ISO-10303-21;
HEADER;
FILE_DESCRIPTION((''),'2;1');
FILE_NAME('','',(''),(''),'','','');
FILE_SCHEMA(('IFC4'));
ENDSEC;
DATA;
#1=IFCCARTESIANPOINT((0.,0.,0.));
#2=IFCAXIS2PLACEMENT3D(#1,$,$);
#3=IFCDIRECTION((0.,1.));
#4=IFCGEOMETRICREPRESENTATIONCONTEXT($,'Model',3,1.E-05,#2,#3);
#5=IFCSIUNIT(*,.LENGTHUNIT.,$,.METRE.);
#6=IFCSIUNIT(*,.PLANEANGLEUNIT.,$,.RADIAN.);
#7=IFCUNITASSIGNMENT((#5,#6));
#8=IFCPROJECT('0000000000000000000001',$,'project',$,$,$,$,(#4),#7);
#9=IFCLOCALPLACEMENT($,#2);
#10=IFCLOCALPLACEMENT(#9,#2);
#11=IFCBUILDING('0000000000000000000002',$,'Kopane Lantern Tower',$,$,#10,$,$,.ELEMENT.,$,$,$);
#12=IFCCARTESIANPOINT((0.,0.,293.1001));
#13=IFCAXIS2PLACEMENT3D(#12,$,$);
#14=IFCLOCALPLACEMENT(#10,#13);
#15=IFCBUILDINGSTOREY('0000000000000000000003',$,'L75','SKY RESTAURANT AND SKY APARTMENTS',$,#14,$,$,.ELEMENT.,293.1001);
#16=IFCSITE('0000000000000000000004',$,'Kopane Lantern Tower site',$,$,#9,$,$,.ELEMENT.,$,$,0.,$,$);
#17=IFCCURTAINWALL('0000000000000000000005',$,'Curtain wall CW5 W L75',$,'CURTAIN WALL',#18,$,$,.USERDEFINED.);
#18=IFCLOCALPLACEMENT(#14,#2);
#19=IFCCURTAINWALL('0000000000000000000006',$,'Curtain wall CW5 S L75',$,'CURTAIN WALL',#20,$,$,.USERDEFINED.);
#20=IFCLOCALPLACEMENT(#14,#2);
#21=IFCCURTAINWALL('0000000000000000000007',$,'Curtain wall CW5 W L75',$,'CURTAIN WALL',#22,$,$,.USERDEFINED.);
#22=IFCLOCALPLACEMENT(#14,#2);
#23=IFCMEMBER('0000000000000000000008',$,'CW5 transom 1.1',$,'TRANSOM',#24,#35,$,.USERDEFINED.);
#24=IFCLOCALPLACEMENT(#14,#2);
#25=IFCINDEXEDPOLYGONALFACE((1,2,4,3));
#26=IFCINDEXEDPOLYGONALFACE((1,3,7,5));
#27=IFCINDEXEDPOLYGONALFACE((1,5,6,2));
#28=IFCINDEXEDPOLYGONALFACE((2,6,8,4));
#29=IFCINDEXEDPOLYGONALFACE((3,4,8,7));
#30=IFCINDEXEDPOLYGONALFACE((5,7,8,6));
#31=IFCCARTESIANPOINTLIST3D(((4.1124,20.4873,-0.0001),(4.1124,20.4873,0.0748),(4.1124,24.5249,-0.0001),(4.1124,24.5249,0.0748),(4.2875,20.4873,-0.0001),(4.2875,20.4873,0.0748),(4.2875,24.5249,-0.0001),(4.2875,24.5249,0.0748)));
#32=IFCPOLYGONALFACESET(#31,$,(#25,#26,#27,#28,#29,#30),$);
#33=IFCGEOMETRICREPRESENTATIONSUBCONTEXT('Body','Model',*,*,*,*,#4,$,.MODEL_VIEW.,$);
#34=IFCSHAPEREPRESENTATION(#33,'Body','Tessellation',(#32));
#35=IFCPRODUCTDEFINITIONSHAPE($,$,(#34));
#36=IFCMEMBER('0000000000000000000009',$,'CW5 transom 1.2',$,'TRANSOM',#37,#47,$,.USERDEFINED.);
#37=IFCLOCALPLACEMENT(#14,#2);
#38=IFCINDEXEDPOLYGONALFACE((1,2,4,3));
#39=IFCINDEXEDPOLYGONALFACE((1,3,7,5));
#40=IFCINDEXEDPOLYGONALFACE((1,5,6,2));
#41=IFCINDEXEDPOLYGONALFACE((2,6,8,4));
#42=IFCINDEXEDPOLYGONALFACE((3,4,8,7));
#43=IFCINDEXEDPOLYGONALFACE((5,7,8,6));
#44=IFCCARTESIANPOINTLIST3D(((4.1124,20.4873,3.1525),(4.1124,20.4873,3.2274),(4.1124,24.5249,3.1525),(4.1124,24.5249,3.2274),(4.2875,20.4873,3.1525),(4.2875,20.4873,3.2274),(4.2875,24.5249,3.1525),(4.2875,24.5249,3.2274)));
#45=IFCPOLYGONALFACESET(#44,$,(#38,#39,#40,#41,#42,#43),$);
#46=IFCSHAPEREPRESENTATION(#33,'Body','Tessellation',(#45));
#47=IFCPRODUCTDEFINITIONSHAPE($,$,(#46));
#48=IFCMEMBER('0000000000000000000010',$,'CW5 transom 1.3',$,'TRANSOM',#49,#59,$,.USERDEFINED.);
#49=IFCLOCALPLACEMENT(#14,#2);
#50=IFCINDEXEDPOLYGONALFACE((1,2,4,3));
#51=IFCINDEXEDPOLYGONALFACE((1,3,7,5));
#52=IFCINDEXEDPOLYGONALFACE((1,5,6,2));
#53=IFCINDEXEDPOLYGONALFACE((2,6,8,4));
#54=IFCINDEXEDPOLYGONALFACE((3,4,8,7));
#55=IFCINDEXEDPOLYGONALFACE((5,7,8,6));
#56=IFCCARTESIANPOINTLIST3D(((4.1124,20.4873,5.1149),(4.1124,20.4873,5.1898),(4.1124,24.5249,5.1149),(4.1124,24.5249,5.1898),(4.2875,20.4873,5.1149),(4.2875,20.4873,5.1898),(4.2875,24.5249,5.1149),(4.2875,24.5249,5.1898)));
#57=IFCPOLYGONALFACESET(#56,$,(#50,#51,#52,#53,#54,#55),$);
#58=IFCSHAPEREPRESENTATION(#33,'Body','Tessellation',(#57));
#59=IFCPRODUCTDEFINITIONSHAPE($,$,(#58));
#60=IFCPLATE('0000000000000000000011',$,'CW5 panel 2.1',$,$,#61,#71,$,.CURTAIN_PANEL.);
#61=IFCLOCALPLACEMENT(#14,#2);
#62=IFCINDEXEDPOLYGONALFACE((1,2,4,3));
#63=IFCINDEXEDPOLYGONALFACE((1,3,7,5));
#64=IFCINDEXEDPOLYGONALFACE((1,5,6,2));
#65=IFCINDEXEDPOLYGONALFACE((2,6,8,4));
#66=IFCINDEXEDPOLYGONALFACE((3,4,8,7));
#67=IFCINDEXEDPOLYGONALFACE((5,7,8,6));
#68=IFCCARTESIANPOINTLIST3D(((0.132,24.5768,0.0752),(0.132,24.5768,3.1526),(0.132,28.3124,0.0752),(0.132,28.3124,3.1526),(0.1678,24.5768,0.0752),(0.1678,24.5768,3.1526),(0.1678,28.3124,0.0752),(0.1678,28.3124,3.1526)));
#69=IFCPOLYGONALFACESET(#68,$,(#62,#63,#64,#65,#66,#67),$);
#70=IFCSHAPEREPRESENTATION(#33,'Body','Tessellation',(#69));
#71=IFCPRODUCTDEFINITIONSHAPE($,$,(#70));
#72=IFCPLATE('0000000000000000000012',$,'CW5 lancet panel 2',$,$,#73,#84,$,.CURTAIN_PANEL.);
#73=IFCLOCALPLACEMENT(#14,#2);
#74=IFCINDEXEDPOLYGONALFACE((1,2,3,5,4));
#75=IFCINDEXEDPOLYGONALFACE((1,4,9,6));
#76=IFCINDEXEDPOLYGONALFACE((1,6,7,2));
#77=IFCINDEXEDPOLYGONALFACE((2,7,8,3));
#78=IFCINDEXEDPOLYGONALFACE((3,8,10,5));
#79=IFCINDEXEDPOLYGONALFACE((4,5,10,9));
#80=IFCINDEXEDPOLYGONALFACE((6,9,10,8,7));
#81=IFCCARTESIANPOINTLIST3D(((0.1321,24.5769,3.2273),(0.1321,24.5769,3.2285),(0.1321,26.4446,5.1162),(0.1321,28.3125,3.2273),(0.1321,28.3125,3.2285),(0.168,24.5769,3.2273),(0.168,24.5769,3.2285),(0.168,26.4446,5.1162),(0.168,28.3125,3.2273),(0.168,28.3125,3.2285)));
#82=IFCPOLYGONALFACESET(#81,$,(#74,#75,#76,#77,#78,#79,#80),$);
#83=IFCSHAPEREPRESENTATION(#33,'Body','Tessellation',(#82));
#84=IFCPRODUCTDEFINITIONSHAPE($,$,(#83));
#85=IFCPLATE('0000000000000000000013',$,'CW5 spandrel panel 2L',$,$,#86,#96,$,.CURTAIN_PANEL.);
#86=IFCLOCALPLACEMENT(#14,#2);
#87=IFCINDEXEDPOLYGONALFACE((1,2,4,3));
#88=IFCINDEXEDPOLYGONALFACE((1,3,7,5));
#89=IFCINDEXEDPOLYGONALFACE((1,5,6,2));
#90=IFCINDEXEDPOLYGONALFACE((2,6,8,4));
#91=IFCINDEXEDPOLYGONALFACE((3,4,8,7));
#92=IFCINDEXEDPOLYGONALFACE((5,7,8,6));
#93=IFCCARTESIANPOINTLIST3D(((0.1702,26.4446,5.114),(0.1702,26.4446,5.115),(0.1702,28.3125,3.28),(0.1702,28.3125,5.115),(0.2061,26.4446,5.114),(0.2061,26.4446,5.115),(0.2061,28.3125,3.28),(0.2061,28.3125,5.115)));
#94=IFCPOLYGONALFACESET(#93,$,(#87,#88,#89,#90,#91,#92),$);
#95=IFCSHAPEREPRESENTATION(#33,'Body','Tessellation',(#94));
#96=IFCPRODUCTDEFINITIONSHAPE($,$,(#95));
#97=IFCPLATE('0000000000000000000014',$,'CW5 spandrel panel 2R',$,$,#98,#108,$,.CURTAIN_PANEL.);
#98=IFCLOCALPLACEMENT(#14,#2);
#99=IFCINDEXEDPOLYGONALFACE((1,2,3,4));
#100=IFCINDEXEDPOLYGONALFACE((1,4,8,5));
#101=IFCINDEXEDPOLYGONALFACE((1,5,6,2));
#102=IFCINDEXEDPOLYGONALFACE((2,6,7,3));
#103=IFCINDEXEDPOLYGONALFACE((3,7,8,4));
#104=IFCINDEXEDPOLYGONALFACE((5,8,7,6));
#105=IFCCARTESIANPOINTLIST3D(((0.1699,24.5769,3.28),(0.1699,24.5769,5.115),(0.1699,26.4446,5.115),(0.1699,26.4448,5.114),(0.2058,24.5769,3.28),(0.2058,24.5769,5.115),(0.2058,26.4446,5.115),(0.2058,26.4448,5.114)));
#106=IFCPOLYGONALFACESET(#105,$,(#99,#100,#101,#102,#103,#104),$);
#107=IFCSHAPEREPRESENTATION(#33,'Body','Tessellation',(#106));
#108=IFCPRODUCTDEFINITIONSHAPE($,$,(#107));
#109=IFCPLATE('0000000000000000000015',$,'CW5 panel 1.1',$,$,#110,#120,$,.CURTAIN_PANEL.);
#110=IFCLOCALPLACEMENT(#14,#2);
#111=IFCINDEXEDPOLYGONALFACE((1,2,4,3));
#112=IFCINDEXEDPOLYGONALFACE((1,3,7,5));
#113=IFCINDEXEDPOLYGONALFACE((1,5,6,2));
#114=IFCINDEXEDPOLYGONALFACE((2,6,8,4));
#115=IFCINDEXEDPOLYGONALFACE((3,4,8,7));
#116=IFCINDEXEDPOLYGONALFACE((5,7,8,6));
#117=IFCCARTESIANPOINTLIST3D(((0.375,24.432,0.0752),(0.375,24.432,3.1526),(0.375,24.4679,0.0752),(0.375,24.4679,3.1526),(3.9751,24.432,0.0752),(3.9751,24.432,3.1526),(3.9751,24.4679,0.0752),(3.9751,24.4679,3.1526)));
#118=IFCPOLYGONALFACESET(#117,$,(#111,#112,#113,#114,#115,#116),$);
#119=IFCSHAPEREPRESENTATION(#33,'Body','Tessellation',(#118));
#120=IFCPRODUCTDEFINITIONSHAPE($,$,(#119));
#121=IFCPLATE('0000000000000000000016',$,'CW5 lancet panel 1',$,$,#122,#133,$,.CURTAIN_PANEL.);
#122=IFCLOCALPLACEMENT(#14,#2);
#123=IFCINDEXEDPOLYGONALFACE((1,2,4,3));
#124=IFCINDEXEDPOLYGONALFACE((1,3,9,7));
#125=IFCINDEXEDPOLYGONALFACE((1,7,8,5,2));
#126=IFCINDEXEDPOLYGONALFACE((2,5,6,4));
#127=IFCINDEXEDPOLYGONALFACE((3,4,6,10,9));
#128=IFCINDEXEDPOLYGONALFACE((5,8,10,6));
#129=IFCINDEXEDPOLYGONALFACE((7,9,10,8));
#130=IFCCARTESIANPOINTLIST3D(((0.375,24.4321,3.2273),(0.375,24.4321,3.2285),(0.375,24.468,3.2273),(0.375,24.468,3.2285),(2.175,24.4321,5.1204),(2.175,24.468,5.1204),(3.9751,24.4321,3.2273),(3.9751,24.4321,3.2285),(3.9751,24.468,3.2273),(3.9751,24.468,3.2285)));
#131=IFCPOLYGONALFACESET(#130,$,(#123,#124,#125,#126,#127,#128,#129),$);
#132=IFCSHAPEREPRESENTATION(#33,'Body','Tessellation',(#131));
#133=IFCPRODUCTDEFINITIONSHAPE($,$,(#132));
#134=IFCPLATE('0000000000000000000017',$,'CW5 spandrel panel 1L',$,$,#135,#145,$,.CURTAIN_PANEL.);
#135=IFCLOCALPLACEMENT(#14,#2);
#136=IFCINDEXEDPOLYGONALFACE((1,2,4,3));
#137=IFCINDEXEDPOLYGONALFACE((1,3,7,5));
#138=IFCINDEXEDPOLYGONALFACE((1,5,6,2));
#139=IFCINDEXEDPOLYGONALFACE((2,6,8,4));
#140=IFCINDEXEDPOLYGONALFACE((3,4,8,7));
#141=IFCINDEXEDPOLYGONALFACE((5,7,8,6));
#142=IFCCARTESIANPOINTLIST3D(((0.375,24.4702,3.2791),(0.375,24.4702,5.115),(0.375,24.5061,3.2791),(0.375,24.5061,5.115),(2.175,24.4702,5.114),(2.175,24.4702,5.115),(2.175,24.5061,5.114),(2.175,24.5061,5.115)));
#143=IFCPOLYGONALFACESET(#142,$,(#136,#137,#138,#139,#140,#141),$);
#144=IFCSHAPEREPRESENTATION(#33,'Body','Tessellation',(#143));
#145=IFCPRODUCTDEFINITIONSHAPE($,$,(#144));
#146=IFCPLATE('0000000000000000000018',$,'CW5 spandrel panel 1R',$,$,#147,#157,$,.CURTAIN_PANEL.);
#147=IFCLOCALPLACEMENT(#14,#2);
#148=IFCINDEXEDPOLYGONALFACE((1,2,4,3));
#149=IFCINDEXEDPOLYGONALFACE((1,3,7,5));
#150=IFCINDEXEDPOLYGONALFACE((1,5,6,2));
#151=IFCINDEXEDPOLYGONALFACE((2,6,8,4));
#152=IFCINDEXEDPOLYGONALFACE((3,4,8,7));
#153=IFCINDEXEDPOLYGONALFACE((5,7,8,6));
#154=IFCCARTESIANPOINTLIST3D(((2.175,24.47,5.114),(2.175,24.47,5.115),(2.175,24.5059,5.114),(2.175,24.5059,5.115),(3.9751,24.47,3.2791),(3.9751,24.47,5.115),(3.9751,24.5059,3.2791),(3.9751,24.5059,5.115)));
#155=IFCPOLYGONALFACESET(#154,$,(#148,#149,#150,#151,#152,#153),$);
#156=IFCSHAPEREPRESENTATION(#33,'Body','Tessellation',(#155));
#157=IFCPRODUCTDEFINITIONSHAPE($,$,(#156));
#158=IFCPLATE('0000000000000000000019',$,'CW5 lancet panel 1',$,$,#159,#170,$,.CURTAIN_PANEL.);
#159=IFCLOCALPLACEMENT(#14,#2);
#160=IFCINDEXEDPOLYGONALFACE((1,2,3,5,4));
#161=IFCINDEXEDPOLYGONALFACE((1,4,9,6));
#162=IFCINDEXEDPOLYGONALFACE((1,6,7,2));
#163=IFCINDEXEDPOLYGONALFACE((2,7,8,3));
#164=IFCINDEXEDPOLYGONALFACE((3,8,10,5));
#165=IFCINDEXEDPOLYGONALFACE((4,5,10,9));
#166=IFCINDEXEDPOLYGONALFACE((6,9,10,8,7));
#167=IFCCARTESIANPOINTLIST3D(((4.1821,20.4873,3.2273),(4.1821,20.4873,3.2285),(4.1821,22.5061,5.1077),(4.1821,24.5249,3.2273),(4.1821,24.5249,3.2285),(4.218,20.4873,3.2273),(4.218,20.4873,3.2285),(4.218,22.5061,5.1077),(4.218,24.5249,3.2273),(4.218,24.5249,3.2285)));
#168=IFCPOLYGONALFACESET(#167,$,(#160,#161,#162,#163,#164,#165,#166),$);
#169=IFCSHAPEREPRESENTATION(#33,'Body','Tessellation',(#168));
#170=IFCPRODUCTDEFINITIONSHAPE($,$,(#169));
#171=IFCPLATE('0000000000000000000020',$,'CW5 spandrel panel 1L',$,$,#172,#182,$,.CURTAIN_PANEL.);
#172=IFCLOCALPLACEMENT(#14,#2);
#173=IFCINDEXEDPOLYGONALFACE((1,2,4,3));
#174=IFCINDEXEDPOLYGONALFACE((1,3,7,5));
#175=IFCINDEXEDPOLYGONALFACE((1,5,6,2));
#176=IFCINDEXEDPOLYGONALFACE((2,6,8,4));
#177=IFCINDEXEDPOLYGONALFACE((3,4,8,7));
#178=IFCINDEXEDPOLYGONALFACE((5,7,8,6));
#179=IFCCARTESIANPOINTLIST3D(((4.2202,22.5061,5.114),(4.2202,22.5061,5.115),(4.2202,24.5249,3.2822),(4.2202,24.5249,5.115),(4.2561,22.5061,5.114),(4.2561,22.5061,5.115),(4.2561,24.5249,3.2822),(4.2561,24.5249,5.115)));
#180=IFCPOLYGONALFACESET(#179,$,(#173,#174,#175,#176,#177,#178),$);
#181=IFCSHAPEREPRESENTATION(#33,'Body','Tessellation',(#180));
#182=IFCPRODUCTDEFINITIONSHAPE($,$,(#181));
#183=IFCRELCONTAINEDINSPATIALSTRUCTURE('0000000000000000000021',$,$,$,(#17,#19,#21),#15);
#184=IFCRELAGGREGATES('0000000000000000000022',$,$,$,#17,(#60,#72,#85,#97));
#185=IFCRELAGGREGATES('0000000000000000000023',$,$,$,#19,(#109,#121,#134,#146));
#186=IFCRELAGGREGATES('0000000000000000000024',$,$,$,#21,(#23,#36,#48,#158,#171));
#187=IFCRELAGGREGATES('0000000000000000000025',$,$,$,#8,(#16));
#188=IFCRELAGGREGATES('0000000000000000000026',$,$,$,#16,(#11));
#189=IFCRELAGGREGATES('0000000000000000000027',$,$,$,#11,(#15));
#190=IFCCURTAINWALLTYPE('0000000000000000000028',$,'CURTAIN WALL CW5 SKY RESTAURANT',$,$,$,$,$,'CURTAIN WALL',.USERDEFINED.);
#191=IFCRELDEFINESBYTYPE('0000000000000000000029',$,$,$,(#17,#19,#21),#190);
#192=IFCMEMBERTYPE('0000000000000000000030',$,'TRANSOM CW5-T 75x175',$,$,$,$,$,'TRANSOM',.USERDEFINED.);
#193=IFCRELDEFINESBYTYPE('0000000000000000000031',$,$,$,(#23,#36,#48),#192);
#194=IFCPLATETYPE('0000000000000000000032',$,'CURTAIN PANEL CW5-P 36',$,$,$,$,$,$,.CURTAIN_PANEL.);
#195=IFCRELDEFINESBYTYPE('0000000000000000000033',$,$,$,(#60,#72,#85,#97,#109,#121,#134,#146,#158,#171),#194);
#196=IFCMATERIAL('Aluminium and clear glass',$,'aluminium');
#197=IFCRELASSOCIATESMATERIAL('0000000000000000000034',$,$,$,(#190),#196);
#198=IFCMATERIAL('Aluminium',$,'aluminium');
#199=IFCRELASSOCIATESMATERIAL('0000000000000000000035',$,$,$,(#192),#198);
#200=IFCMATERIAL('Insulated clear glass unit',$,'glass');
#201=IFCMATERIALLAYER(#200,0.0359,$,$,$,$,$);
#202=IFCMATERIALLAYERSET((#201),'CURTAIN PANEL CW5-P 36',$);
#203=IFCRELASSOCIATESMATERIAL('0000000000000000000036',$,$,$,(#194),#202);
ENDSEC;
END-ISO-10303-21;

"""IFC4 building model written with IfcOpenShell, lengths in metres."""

from ifc_helpers import new_model, si_unit, direction, frame, origin, origin_2d, place, context, subcontext, project, spatial, polyline, rectangle, outline, extrude, material, layer, layer_set, material_profile, profile_set, type_object, element, aggregate, save


model = new_model("IFC4")

# Units and contexts
model_context = context("Model", 3, precision=1e-05, world=origin(), true_north=direction((0.0, 1.0)))
body_context = subcontext(model_context, "Body", "Model", "MODEL_VIEW")
ifc_project = project(units=[si_unit("LENGTHUNIT", "METRE"), si_unit("PLANEANGLEUNIT", "RADIAN")], contexts=[model_context])

# Site, building, storey
site_placement = place(None, origin())
site = spatial("IfcSite", under=ifc_project, at=site_placement, Name="Kopane Lantern Tower site", CompositionType="ELEMENT", RefElevation=0.0)
building_placement = place(site_placement, origin())
building = spatial("IfcBuilding", under=site, at=building_placement, Name="Kopane Lantern Tower", CompositionType="ELEMENT")
storey_placement = place(building_placement, frame((0.0, 0.0, 293.1001)))
storey = spatial("IfcBuildingStorey", under=building, at=storey_placement, Name="L75", Description="SKY RESTAURANT AND SKY APARTMENTS", CompositionType="ELEMENT", Elevation=293.1001)

# Curtain walls
ifc_material_1 = material(Name="Aluminium and clear glass", Category="aluminium")
curtain_wall_type = type_object("IfcCurtainWallType", Name="CURTAIN WALL CW5 SKY RESTAURANT", ElementType="CURTAIN WALL", PredefinedType="USERDEFINED", material=ifc_material_1)
curtain_wall_1_placement = place(storey_placement, origin())
curtain_wall_1 = element("IfcCurtainWall", 1, at=curtain_wall_1_placement, inside=storey, type_object=curtain_wall_type, Name="Curtain wall CW5 W L75", ObjectType="CURTAIN WALL", PredefinedType="USERDEFINED")
curtain_wall_2_placement = place(storey_placement, origin())
curtain_wall_2 = element("IfcCurtainWall", 2, at=curtain_wall_2_placement, inside=storey, type_object=curtain_wall_type, Name="Curtain wall CW5 S L75", ObjectType="CURTAIN WALL", PredefinedType="USERDEFINED")
curtain_wall_3_placement = place(storey_placement, origin())
curtain_wall_3 = element("IfcCurtainWall", 3, at=curtain_wall_3_placement, inside=storey, type_object=curtain_wall_type, Name="Curtain wall CW5 W L75", ObjectType="CURTAIN WALL", PredefinedType="USERDEFINED")

# Members
ifc_material_2 = material(Name="Aluminium", Category="aluminium")
ifc_material_profile_1 = material_profile(ifc_material_2, rectangle(XDim=0.175, YDim=0.075, at=origin_2d()), Name="AL 175x75")
ifc_profile_set_1 = profile_set([ifc_material_profile_1], Name="Aluminium")
member_type_1 = type_object("IfcMemberType", Name="TRANSOM CW5-T 75x175", ElementType="TRANSOM", PredefinedType="USERDEFINED", material=ifc_profile_set_1)
member_1_placement = place(storey_placement, frame((4.2, 24.5249, 0.0374), z_axis=(0.0, -1.0, 0.0), x_axis=(1.0, 0.0, 0.0)))
member_1 = element("IfcMember", 4, at=member_1_placement, type_object=member_type_1, Name="CW5 transom 1.1", ObjectType="TRANSOM", PredefinedType="USERDEFINED", context=body_context, shape_type="SweptSolid", body=[
    extrude(rectangle(XDim=0.175, YDim=0.075, at=origin_2d()), origin(), (0.0, 0.0, 1.0), 4.0376),
])
member_2_placement = place(storey_placement, frame((4.2, 24.5249, 3.1899), z_axis=(0.0, -1.0, 0.0), x_axis=(1.0, 0.0, 0.0)))
member_2 = element("IfcMember", 5, at=member_2_placement, type_object=member_type_1, Name="CW5 transom 1.2", ObjectType="TRANSOM", PredefinedType="USERDEFINED", context=body_context, shape_type="SweptSolid", body=[
    extrude(rectangle(XDim=0.175, YDim=0.075, at=origin_2d()), origin(), (0.0, 0.0, 1.0), 4.0376),
])
member_3_placement = place(storey_placement, frame((4.2, 24.5249, 5.1523), z_axis=(0.0, -1.0, 0.0), x_axis=(1.0, 0.0, 0.0)))
member_3 = element("IfcMember", 6, at=member_3_placement, type_object=member_type_1, Name="CW5 transom 1.3", ObjectType="TRANSOM", PredefinedType="USERDEFINED", context=body_context, shape_type="SweptSolid", body=[
    extrude(rectangle(XDim=0.175, YDim=0.075, at=origin_2d()), origin(), (0.0, 0.0, 1.0), 4.0376),
])

# Plates
ifc_material_3 = material(Name="Insulated clear glass unit", Category="glass")
ifc_layer = layer(ifc_material_3, 0.0359)
ifc_layer_set = layer_set([ifc_layer], Name="CURTAIN PANEL CW5-P 36")
plate_type = type_object("IfcPlateType", Name="CURTAIN PANEL CW5-P 36", PredefinedType="CURTAIN_PANEL", material=ifc_layer_set)
plate_1_placement = place(storey_placement, frame((0.1499, 26.4446, 0.0752), z_axis=(0.0, 0.0, 1.0), x_axis=(0.0, -1.0, 0.0)))
plate_1 = element("IfcPlate", 7, at=plate_1_placement, type_object=plate_type, Name="CW5 panel 2.1", PredefinedType="CURTAIN_PANEL", context=body_context, shape_type="SweptSolid", body=[
    extrude(rectangle(XDim=3.7356, YDim=0.0359, at=origin_2d()), origin(), (0.0, 0.0, 1.0), 3.0774),
])
plate_2_placement = place(storey_placement, frame((0.1499, 28.3125, 3.2273), z_axis=(0.0, 0.0, 1.0), x_axis=(0.0, -1.0, 0.0)))
plate_2 = element("IfcPlate", 8, at=plate_2_placement, type_object=plate_type, Name="CW5 lancet panel 2", PredefinedType="CURTAIN_PANEL", context=body_context, shape_type="SweptSolid", body=[
    extrude(outline(polyline([(0.0, 0.0), (3.7356, 0.0), (3.7356, 0.0012), (1.8679, 1.8889), (0.0, 0.0012), (0.0, 0.0)])), frame((0.0, 0.0181, 0.0), z_axis=(0.0, -1.0, 0.0), x_axis=(1.0, 0.0, 0.0)), (0.0, 0.0, 1.0), 0.0359),
])
plate_3_placement = place(storey_placement, frame((0.188, 28.3125, 5.115), z_axis=(0.0, 0.0, 1.0), x_axis=(0.0, -1.0, 0.0)))
plate_3 = element("IfcPlate", 9, at=plate_3_placement, type_object=plate_type, Name="CW5 spandrel panel 2L", PredefinedType="CURTAIN_PANEL", context=body_context, shape_type="SweptSolid", body=[
    extrude(outline(polyline([(0.0, 0.0), (1.8679, 0.0), (1.8679, -0.001), (0.0, -1.835), (0.0, 0.0)])), frame((0.0, 0.0181, 0.0), z_axis=(0.0, -1.0, 0.0), x_axis=(1.0, 0.0, 0.0)), (0.0, 0.0, 1.0), 0.0359),
])
plate_4_placement = place(storey_placement, frame((0.188, 24.5769, 5.115), z_axis=(0.0, 0.0, 1.0), x_axis=(0.0, 1.0, 0.0)))
plate_4 = element("IfcPlate", 10, at=plate_4_placement, type_object=plate_type, Name="CW5 spandrel panel 2R", PredefinedType="CURTAIN_PANEL", context=body_context, shape_type="SweptSolid", body=[
    extrude(outline(polyline([(0.0, 0.0), (1.8677, 0.0), (1.8679, -0.001), (0.0, -1.835), (0.0, 0.0)])), frame((0.0, 0.0181, 0.0), z_axis=(0.0, -1.0, 0.0), x_axis=(1.0, 0.0, 0.0)), (0.0, 0.0, 1.0), 0.0359),
])
aggregate(curtain_wall_1, [plate_1, plate_2, plate_3, plate_4])
plate_5_placement = place(storey_placement, frame((2.175, 24.45, 0.0752), z_axis=(0.0, 0.0, 1.0), x_axis=(1.0, 0.0, 0.0)))
plate_5 = element("IfcPlate", 11, at=plate_5_placement, type_object=plate_type, Name="CW5 panel 1.1", PredefinedType="CURTAIN_PANEL", context=body_context, shape_type="SweptSolid", body=[
    extrude(rectangle(XDim=3.6001, YDim=0.0359, at=origin_2d()), origin(), (0.0, 0.0, 1.0), 3.0774),
])
plate_6_placement = place(storey_placement, frame((0.375, 24.45, 3.2273), z_axis=(0.0, 0.0, 1.0), x_axis=(1.0, 0.0, 0.0)))
plate_6 = element("IfcPlate", 12, at=plate_6_placement, type_object=plate_type, Name="CW5 lancet panel 1", PredefinedType="CURTAIN_PANEL", context=body_context, shape_type="SweptSolid", body=[
    extrude(outline(polyline([(0.0, 0.0), (3.6001, 0.0), (3.6001, 0.0012), (1.8, 1.8931), (0.0, 0.0012), (0.0, 0.0)])), frame((0.0, 0.0181, 0.0), z_axis=(0.0, -1.0, 0.0), x_axis=(1.0, 0.0, 0.0)), (0.0, 0.0, 1.0), 0.0359),
])
plate_7_placement = place(storey_placement, frame((0.375, 24.488, 5.115), z_axis=(0.0, 0.0, 1.0), x_axis=(1.0, 0.0, 0.0)))
plate_7 = element("IfcPlate", 13, at=plate_7_placement, type_object=plate_type, Name="CW5 spandrel panel 1L", PredefinedType="CURTAIN_PANEL", context=body_context, shape_type="SweptSolid", body=[
    extrude(outline(polyline([(0.0, 0.0), (1.8, 0.0), (1.8, -0.001), (0.0, -1.8359), (0.0, 0.0)])), frame((0.0, 0.0181, 0.0), z_axis=(0.0, -1.0, 0.0), x_axis=(1.0, 0.0, 0.0)), (0.0, 0.0, 1.0), 0.0359),
])
plate_8_placement = place(storey_placement, frame((3.9751, 24.488, 5.115), z_axis=(0.0, 0.0, 1.0), x_axis=(-1.0, 0.0, 0.0)))
plate_8 = element("IfcPlate", 14, at=plate_8_placement, type_object=plate_type, Name="CW5 spandrel panel 1R", PredefinedType="CURTAIN_PANEL", context=body_context, shape_type="SweptSolid", body=[
    extrude(outline(polyline([(0.0, 0.0), (1.8, 0.0), (1.8, -0.001), (0.0, -1.8359), (0.0, 0.0)])), frame((0.0, 0.0181, 0.0), z_axis=(0.0, -1.0, 0.0), x_axis=(1.0, 0.0, 0.0)), (0.0, 0.0, 1.0), 0.0359),
])
aggregate(curtain_wall_2, [plate_5, plate_6, plate_7, plate_8])
plate_9_placement = place(storey_placement, frame((4.2, 24.5249, 3.2273), z_axis=(0.0, 0.0, 1.0), x_axis=(0.0, -1.0, 0.0)))
plate_9 = element("IfcPlate", 15, at=plate_9_placement, type_object=plate_type, Name="CW5 lancet panel 1", PredefinedType="CURTAIN_PANEL", context=body_context, shape_type="SweptSolid", body=[
    extrude(outline(polyline([(0.0, 0.0), (4.0376, 0.0), (4.0376, 0.0012), (2.0188, 1.8804), (0.0, 0.0012), (0.0, 0.0)])), frame((0.0, 0.0181, 0.0), z_axis=(0.0, -1.0, 0.0), x_axis=(1.0, 0.0, 0.0)), (0.0, 0.0, 1.0), 0.0359),
])
plate_10_placement = place(storey_placement, frame((4.238, 24.5249, 5.115), z_axis=(0.0, 0.0, 1.0), x_axis=(0.0, -1.0, 0.0)))
plate_10 = element("IfcPlate", 16, at=plate_10_placement, type_object=plate_type, Name="CW5 spandrel panel 1L", PredefinedType="CURTAIN_PANEL", context=body_context, shape_type="SweptSolid", body=[
    extrude(outline(polyline([(0.0, 0.0), (2.0188, 0.0), (2.0188, -0.001), (0.0, -1.8328), (0.0, 0.0)])), frame((0.0, 0.0181, 0.0), z_axis=(0.0, -1.0, 0.0), x_axis=(1.0, 0.0, 0.0)), (0.0, 0.0, 1.0), 0.0359),
])
aggregate(curtain_wall_3, [member_1, member_2, member_3, plate_9, plate_10])

save(model, "model.ifc")
